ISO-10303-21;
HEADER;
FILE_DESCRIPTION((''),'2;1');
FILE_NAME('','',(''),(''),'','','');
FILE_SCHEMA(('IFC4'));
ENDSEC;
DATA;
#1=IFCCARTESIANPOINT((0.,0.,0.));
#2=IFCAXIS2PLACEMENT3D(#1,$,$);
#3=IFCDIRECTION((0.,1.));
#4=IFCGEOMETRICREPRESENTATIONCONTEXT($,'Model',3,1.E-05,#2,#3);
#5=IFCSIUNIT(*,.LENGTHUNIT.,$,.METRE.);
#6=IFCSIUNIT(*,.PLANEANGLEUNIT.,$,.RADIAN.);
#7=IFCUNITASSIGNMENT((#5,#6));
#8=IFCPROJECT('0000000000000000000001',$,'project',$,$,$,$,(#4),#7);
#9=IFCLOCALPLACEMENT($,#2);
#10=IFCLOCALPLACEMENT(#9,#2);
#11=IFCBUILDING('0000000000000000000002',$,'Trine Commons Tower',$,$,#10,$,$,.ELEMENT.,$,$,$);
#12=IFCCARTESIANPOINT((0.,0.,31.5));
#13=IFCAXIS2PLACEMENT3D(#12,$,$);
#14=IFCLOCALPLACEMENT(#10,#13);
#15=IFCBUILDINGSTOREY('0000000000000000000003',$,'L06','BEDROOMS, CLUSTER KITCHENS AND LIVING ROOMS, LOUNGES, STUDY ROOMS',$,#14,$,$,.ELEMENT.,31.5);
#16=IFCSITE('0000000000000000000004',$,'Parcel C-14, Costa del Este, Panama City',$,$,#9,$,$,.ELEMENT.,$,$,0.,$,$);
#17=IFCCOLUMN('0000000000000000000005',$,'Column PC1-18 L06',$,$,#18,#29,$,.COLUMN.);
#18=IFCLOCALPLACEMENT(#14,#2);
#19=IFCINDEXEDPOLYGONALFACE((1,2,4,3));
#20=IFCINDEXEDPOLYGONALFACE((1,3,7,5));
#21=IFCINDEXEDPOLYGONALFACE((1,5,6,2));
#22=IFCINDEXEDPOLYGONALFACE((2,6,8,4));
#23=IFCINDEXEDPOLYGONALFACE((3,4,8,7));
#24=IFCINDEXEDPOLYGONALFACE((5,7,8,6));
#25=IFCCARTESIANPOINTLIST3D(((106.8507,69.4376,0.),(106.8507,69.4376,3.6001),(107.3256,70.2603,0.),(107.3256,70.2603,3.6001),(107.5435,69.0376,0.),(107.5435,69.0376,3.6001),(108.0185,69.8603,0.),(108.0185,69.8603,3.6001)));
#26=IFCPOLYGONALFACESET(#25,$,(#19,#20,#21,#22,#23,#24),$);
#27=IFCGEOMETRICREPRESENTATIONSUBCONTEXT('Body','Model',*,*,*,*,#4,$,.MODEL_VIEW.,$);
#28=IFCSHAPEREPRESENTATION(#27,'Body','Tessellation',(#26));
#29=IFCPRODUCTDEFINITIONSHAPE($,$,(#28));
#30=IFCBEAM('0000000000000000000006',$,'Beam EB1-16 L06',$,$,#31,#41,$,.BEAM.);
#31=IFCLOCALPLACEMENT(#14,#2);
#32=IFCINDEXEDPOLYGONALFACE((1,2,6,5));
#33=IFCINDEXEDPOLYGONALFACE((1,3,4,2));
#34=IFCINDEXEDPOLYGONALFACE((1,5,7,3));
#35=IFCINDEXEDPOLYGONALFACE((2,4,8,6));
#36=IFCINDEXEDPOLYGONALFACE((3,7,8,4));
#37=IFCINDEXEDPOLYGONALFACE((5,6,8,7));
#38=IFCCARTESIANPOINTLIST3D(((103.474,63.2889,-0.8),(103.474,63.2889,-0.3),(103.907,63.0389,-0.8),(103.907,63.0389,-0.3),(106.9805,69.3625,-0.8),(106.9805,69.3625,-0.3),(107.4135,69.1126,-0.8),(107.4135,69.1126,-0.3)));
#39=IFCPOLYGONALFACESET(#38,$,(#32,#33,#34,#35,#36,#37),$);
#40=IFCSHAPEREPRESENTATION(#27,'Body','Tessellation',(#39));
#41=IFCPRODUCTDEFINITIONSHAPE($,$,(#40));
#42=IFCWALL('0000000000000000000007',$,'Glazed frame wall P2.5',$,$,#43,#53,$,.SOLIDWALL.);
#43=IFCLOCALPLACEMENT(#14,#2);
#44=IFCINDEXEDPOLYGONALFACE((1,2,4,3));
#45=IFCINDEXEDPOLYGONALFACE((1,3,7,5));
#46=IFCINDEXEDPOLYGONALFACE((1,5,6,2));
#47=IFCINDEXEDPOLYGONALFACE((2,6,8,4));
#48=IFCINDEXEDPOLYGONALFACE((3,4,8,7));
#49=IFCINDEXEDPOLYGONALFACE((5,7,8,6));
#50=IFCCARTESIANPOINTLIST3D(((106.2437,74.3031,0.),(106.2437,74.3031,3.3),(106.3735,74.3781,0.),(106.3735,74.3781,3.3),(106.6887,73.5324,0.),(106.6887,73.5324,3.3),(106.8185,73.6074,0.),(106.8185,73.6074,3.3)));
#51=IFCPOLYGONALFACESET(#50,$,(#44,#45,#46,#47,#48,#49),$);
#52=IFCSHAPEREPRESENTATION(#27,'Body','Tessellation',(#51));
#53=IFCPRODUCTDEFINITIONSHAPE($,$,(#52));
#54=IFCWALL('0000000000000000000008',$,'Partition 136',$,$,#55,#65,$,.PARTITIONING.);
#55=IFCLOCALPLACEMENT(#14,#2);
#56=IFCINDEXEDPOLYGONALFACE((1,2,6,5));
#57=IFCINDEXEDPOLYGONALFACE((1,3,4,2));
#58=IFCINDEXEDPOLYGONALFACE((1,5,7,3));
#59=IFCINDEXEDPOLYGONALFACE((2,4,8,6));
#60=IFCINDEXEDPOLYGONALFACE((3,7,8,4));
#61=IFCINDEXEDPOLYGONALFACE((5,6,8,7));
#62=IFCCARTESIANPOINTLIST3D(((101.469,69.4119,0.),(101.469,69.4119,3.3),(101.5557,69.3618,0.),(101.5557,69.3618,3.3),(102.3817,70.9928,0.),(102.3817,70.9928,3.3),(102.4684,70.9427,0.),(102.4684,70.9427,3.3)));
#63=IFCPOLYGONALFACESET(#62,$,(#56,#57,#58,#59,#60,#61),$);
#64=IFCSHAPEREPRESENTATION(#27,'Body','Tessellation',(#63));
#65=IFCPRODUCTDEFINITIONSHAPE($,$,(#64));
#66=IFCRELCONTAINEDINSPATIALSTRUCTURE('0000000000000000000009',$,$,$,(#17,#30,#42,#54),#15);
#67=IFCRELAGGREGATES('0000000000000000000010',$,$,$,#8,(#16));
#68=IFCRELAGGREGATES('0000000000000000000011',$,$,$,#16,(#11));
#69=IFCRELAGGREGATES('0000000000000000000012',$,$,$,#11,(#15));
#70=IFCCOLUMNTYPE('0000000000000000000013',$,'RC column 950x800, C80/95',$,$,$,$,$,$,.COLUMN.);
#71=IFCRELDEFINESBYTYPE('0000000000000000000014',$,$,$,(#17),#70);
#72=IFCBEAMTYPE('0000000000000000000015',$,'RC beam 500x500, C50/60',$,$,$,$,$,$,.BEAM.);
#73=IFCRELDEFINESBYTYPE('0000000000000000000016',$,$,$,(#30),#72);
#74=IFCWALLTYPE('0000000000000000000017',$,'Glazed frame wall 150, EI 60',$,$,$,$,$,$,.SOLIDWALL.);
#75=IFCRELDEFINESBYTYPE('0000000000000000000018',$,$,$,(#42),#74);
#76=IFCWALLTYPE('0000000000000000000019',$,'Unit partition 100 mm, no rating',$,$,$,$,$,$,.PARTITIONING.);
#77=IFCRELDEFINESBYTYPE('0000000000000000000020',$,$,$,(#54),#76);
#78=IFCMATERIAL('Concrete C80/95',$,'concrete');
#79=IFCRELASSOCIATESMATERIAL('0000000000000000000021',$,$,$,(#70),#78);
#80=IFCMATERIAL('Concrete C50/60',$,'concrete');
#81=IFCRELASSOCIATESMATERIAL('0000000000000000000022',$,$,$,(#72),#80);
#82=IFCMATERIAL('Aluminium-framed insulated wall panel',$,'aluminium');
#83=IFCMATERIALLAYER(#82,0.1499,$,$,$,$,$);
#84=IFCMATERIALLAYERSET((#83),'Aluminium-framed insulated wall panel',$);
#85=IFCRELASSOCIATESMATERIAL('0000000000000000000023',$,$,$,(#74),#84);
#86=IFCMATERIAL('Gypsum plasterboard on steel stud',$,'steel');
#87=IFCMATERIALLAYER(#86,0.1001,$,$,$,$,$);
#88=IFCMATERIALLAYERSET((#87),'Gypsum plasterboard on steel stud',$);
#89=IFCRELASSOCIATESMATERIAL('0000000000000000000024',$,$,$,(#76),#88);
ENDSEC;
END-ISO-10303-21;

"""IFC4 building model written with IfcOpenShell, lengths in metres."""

from ifc_helpers import new_model, si_unit, direction, frame, frame_2d, origin, origin_2d, place, context, subcontext, project, spatial, polyline, rectangle, outline, extrude, material, layer, layer_set, material_profile, profile_set, type_object, element, save


model = new_model("IFC4")

# Units and contexts
model_context = context("Model", 3, precision=1e-05, world=origin(), true_north=direction((0.0, 1.0)))
body_context = subcontext(model_context, "Body", "Model", "MODEL_VIEW")
ifc_project = project(units=[si_unit("LENGTHUNIT", "METRE"), si_unit("PLANEANGLEUNIT", "RADIAN")], contexts=[model_context])

# Site, building, storey
site_placement = place(None, origin())
site = spatial("IfcSite", under=ifc_project, at=site_placement, Name="Parcel C-14, Costa del Este, Panama City", CompositionType="ELEMENT", RefElevation=0.0)
building_placement = place(site_placement, origin())
building = spatial("IfcBuilding", under=site, at=building_placement, Name="Trine Commons Tower", CompositionType="ELEMENT")
storey_placement = place(building_placement, frame((0.0, 0.0, 31.5)))
storey = spatial("IfcBuildingStorey", under=building, at=storey_placement, Name="L06", Description="BEDROOMS, CLUSTER KITCHENS AND LIVING ROOMS, LOUNGES, STUDY ROOMS", CompositionType="ELEMENT", Elevation=31.5)

# Column
ifc_material_1 = material(Name="Concrete C80/95", Category="concrete")
ifc_material_profile_1 = material_profile(ifc_material_1, rectangle(XDim=0.95, YDim=0.8, at=origin_2d()), Name="RC 950x800")
ifc_profile_set_1 = profile_set([ifc_material_profile_1], Name="Concrete C80/95")
column_type = type_object("IfcColumnType", Name="RC column 950x800, C80/95", PredefinedType="COLUMN", material=ifc_profile_set_1)
column_placement = place(storey_placement, frame((107.4346, 69.6489, 0.0), z_axis=(0.0, 0.0, 1.0), x_axis=(0.5, 0.866025, 0.0)))
element("IfcColumn", 1, at=column_placement, inside=storey, type_object=column_type, Name="Column PC1-18 L06", PredefinedType="COLUMN", context=body_context, shape_type="SweptSolid", body=[
    extrude(rectangle(XDim=0.95, YDim=0.8, at=origin_2d()), origin(), (0.0, 0.0, 1.0), 3.6001),
])

# Beam
ifc_material_2 = material(Name="Concrete C50/60", Category="concrete")
ifc_material_profile_2 = material_profile(ifc_material_2, rectangle(XDim=0.5, YDim=0.5, at=origin_2d()), Name="RC 500x500")
ifc_profile_set_2 = profile_set([ifc_material_profile_2], Name="Concrete C50/60")
beam_type = type_object("IfcBeamType", Name="RC beam 500x500, C50/60", PredefinedType="BEAM", material=ifc_profile_set_2)
beam_placement = place(storey_placement, frame((107.197, 69.2375, -0.55), z_axis=(-0.499992, -0.86603, 0.0), x_axis=(0.86603, -0.499992, 0.0)))
element("IfcBeam", 2, at=beam_placement, inside=storey, type_object=beam_type, Name="Beam EB1-16 L06", PredefinedType="BEAM", context=body_context, shape_type="SweptSolid", body=[
    extrude(rectangle(XDim=0.5, YDim=0.5, at=origin_2d()), origin(), (0.0, 0.0, 1.0), 7.0132),
])

# Wall
ifc_material_3 = material(Name="Aluminium-framed insulated wall panel", Category="aluminium")
ifc_layer_1 = layer(ifc_material_3, 0.1499)
ifc_layer_set_1 = layer_set([ifc_layer_1], Name="Aluminium-framed insulated wall panel")
wall_type_1 = type_object("IfcWallType", Name="Glazed frame wall 150, EI 60", PredefinedType="SOLIDWALL", material=ifc_layer_set_1)
wall_1_placement = place(storey_placement, frame((106.3086, 74.3406, 0.0), z_axis=(0.0, 0.0, 1.0), x_axis=(0.500025, -0.866011, 0.0)))
element("IfcWall", 3, at=wall_1_placement, inside=storey, type_object=wall_type_1, Name="Glazed frame wall P2.5", PredefinedType="SOLIDWALL", context=body_context, shape_type="SweptSolid", body=[
    extrude(outline(polyline([(0.8899, 0.075), (0.0, 0.075), (0.0, -0.075), (0.8899, -0.075), (0.8899, 0.075)])), origin(), (0.0, 0.0, 1.0), 3.3),
])

# Wall
ifc_material_4 = material(Name="Gypsum plasterboard on steel stud", Category="steel")
ifc_layer_2 = layer(ifc_material_4, 0.1001)
ifc_layer_set_2 = layer_set([ifc_layer_2], Name="Gypsum plasterboard on steel stud")
wall_type_2 = type_object("IfcWallType", Name="Unit partition 100 mm, no rating", PredefinedType="PARTITIONING", material=ifc_layer_set_2)
wall_2_placement = place(storey_placement, frame((101.5125, 69.387, 0.0), z_axis=(0.0, 0.0, 1.0), x_axis=(0.499966, 0.866045, 0.0)))
element("IfcWall", 4, at=wall_2_placement, inside=storey, type_object=wall_type_2, Name="Partition 136", PredefinedType="PARTITIONING", context=body_context, shape_type="SweptSolid", body=[
    extrude(rectangle(XDim=1.8254, YDim=0.1001, at=frame_2d((0.9126, 0.0))), origin(), (0.0, 0.0, 1.0), 3.3),
])

save(model, "model.ifc")
